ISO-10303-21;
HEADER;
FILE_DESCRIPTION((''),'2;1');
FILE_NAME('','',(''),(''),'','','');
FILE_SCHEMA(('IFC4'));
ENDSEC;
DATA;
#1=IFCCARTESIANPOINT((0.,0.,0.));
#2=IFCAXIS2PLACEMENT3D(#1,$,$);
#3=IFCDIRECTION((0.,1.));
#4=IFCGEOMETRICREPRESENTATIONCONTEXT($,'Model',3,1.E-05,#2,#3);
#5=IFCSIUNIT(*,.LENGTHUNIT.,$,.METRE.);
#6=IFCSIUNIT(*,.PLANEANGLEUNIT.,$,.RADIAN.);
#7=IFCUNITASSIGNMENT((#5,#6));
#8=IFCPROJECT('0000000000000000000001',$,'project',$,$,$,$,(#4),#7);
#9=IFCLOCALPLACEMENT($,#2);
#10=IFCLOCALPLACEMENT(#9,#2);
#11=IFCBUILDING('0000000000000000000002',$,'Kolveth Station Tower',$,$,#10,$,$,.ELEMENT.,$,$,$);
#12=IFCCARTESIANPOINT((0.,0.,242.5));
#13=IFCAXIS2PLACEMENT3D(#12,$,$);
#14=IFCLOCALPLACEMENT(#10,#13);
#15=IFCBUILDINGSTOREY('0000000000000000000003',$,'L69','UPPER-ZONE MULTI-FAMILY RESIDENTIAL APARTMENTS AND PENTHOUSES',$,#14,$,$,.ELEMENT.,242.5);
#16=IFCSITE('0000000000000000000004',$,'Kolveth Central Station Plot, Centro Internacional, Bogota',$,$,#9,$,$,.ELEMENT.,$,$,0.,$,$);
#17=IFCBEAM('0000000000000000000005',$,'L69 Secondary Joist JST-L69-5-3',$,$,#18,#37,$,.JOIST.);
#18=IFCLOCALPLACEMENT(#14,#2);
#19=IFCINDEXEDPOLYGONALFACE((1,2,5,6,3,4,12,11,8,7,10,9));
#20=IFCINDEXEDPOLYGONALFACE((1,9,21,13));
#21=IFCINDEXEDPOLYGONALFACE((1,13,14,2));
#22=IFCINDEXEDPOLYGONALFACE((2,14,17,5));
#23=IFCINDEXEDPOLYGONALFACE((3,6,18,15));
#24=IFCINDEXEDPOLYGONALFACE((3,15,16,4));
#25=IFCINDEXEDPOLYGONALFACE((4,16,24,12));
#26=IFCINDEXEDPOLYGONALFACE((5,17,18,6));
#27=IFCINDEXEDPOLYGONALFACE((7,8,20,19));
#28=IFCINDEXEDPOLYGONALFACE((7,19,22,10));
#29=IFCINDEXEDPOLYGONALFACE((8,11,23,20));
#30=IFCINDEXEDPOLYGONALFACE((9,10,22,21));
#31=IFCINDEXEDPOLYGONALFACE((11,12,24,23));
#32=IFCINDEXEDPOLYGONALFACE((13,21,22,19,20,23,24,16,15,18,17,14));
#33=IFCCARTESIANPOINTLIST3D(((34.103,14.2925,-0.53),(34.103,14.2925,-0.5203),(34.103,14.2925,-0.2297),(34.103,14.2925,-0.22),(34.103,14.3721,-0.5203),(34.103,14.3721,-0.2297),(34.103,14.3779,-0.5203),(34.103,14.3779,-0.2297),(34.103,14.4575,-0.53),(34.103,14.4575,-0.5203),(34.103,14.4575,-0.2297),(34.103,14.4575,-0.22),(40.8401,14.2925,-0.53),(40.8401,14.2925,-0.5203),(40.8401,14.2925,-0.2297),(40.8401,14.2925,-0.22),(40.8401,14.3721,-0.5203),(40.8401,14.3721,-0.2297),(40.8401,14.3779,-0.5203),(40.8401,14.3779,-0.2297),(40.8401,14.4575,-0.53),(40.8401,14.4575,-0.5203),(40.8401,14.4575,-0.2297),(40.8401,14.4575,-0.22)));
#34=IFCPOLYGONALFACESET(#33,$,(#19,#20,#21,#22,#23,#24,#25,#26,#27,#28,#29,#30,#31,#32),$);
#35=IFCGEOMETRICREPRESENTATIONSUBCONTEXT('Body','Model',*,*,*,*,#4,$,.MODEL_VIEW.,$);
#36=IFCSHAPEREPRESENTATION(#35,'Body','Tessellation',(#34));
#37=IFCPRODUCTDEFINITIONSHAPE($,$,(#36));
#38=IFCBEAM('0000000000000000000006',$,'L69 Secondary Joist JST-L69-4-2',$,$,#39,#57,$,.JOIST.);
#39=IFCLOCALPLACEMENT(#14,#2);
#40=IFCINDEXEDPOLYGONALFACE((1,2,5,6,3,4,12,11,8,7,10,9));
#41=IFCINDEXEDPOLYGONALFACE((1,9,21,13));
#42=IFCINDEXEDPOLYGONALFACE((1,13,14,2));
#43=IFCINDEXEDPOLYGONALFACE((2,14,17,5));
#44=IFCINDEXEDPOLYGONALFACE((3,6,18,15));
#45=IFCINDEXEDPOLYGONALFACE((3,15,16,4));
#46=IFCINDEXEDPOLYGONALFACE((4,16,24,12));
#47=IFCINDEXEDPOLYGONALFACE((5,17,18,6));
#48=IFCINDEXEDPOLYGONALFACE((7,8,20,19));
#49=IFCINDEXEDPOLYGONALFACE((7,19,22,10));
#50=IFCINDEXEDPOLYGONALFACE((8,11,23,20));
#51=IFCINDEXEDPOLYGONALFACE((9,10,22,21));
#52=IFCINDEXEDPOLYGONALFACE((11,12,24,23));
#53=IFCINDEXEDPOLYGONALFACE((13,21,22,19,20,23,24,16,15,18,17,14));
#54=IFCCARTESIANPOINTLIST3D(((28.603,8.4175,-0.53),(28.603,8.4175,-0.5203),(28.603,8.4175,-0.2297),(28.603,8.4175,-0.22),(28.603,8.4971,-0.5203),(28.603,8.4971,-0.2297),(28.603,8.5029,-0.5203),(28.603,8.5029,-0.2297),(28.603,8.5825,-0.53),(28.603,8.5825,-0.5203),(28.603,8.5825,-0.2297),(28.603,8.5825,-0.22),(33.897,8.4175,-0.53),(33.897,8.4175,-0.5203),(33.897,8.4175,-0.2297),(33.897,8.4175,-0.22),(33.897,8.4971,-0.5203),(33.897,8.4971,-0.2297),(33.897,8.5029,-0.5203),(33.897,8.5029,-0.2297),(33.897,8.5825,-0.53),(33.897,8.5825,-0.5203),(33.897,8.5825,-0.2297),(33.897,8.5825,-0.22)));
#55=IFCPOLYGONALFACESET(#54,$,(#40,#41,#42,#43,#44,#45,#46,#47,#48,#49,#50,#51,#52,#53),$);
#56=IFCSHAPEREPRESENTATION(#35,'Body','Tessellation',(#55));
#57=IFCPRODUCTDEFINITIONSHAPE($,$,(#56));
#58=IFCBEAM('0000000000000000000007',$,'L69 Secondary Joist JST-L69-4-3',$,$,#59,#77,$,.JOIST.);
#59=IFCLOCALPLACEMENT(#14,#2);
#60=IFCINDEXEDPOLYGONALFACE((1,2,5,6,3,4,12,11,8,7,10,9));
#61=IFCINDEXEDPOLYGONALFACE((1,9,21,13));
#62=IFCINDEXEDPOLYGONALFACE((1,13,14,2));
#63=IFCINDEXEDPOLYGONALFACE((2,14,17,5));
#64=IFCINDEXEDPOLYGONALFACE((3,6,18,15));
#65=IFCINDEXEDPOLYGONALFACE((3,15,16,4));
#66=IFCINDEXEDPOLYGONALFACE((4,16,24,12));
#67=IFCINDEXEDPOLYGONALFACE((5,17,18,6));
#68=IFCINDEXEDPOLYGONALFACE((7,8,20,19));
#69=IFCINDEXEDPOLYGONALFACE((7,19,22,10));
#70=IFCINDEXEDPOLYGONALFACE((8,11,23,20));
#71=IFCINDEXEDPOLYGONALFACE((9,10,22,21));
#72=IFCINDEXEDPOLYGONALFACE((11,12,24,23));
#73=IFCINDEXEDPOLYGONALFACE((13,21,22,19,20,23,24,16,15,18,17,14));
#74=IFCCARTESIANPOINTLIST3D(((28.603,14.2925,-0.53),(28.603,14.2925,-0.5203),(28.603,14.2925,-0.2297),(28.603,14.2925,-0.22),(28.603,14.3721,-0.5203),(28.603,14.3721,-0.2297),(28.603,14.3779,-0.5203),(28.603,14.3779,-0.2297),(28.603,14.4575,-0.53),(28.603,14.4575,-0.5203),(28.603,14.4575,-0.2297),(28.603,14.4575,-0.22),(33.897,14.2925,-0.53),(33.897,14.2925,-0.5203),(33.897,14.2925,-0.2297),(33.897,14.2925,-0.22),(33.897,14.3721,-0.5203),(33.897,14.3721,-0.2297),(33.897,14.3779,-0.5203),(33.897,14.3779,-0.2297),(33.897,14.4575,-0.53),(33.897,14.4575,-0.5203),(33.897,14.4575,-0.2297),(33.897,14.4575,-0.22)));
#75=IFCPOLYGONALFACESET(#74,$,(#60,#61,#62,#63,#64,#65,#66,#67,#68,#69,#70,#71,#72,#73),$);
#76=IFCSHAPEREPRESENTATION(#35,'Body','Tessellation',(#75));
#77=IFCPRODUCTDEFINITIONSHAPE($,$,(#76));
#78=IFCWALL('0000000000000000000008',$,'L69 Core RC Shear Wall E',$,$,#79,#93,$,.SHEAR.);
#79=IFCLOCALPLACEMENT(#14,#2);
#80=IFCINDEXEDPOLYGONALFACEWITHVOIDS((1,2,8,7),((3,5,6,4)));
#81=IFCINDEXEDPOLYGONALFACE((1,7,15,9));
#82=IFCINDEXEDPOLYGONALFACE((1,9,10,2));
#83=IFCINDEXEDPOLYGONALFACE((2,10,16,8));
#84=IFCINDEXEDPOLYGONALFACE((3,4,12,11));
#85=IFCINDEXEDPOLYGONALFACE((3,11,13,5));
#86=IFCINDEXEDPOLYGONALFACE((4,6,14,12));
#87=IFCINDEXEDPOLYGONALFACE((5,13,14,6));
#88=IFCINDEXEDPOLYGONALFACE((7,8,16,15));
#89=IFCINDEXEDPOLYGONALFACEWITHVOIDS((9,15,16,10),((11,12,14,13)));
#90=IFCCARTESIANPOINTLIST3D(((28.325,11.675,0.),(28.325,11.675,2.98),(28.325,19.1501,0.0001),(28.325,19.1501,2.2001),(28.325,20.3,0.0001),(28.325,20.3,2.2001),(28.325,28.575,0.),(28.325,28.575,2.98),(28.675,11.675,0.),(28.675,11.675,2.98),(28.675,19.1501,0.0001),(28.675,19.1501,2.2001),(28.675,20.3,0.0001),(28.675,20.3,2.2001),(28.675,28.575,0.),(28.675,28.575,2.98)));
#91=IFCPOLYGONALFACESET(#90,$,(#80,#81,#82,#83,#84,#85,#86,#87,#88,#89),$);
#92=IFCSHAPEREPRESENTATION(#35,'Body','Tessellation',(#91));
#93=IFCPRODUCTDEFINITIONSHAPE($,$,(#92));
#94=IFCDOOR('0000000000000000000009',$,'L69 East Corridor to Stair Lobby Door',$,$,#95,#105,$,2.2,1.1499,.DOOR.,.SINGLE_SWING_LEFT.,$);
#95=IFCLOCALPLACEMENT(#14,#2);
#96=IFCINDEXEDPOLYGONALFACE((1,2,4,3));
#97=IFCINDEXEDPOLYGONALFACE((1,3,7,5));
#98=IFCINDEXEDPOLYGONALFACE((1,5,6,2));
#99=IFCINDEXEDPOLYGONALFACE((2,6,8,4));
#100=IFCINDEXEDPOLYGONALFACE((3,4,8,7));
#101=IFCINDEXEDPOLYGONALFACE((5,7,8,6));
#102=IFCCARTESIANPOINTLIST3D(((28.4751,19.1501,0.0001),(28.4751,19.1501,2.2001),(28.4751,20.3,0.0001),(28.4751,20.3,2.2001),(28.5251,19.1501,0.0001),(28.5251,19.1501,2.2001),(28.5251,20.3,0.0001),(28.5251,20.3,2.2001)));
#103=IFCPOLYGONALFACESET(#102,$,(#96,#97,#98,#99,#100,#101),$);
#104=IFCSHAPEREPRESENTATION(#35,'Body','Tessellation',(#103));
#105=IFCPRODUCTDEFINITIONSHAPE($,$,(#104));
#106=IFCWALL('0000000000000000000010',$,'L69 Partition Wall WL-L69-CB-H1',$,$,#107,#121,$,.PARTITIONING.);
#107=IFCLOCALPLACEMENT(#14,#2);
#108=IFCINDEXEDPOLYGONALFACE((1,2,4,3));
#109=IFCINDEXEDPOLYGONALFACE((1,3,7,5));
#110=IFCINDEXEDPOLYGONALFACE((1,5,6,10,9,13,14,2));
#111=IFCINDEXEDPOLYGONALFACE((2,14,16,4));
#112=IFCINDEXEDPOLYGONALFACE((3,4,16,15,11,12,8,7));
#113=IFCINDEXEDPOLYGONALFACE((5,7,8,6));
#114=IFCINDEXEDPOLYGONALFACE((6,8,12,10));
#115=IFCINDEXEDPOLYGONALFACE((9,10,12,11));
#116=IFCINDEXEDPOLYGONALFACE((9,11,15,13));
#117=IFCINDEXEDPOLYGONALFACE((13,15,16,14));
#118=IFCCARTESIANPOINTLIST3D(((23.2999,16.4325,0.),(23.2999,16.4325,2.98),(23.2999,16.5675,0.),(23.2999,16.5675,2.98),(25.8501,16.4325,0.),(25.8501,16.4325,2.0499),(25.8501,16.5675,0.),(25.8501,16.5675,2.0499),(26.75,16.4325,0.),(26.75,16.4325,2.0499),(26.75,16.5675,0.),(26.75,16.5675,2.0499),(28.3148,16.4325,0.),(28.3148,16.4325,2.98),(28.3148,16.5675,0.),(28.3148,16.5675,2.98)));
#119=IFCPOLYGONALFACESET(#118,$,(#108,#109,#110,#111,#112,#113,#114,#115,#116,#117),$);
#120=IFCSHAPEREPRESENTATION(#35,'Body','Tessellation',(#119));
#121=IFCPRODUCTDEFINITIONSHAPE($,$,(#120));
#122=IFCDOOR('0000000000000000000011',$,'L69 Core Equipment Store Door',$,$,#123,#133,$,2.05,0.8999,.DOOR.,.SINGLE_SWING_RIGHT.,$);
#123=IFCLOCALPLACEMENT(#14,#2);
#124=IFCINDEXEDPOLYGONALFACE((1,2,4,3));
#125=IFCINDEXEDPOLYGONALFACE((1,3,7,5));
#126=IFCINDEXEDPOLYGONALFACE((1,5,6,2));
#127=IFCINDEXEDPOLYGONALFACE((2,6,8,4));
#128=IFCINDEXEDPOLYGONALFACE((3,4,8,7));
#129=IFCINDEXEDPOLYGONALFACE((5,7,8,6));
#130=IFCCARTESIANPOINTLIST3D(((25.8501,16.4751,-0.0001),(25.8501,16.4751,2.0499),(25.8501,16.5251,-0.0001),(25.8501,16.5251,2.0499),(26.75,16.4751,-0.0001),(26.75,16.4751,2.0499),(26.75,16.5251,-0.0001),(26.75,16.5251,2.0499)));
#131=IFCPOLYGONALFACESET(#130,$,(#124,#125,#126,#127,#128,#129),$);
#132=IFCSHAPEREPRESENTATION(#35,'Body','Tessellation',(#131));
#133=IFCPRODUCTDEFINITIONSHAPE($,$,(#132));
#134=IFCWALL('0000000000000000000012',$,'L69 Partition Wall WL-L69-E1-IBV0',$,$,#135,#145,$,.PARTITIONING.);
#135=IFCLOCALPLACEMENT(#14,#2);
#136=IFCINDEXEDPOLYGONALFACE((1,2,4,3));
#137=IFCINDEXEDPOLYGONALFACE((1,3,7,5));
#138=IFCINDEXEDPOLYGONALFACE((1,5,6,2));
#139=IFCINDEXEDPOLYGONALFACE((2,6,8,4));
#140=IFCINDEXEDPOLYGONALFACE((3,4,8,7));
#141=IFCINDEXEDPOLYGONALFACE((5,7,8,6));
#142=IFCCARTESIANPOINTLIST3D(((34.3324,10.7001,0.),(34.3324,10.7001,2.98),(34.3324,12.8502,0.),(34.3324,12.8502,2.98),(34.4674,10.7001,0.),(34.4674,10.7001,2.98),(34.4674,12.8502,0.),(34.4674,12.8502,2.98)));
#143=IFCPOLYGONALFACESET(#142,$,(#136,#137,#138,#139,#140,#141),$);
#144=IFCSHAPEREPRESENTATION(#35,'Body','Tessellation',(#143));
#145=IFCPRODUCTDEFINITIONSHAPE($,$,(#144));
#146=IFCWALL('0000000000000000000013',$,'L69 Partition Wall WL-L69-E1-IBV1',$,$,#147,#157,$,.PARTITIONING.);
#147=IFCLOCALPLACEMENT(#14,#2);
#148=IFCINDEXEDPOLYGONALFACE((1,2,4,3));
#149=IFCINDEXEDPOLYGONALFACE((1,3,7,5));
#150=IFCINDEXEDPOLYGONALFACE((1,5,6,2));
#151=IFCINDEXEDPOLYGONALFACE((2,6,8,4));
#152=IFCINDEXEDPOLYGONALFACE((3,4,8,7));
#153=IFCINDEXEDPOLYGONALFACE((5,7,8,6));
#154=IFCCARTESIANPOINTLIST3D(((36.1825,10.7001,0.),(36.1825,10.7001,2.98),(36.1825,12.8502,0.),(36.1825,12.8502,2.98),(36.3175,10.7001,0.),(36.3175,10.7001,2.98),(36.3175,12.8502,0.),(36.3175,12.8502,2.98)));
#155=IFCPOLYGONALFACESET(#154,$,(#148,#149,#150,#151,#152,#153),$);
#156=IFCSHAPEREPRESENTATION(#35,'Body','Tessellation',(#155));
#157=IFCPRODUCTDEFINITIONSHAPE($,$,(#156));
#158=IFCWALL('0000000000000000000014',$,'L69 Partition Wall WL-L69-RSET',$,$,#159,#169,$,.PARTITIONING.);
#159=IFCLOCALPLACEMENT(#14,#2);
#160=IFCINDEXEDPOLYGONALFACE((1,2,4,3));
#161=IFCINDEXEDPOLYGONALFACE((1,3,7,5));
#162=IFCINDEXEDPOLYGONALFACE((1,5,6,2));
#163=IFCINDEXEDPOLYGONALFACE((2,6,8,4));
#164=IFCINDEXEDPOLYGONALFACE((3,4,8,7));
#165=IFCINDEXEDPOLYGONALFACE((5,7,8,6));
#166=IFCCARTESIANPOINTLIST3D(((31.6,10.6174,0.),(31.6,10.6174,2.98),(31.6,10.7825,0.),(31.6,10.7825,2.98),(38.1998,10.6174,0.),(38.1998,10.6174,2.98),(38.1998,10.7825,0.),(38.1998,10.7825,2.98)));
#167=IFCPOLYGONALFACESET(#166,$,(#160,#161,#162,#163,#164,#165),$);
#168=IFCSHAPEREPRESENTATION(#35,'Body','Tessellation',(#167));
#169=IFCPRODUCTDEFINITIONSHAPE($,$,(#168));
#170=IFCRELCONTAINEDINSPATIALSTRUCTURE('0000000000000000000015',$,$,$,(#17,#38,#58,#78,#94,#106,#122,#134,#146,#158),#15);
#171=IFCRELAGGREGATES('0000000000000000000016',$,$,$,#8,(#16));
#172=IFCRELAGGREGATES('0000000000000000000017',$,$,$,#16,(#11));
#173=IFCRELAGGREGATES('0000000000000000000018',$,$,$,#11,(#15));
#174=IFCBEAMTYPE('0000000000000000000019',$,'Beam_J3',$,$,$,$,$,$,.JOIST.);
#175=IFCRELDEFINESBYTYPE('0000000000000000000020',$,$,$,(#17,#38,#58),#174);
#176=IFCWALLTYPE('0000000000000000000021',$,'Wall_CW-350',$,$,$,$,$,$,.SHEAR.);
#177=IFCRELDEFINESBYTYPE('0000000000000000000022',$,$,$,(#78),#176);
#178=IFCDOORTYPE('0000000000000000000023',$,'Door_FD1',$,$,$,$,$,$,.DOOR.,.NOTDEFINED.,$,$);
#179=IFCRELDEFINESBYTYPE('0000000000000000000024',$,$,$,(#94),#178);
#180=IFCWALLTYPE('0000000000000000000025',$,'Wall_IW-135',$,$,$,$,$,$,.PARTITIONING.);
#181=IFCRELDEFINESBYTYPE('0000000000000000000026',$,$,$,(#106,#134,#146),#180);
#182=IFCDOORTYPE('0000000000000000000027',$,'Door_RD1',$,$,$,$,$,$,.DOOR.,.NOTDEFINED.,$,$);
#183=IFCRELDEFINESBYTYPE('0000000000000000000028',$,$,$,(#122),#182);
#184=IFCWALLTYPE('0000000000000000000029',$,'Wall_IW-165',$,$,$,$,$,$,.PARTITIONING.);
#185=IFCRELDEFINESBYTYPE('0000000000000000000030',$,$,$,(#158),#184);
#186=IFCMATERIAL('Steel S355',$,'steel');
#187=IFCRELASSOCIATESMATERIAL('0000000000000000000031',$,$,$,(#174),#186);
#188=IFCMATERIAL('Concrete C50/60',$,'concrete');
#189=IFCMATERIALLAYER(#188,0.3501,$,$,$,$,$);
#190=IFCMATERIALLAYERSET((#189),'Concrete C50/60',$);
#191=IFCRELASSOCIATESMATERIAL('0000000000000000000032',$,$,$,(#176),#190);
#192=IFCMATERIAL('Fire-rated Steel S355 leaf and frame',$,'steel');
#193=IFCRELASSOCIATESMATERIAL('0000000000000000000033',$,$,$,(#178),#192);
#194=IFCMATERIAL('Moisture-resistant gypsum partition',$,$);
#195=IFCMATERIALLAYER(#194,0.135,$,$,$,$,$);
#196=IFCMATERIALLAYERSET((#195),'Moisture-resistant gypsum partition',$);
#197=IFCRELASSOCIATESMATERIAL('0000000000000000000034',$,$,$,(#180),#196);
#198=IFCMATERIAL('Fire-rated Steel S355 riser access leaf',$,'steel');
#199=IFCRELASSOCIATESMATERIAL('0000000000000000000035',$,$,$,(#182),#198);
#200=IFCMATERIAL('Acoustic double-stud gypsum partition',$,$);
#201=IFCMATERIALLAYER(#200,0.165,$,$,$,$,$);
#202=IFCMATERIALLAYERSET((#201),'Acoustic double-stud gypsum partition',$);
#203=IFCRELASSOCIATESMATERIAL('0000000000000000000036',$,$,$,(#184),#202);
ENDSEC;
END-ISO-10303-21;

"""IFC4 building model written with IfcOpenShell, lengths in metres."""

from ifc_helpers import new_model, si_unit, direction, frame, frame_2d, origin, origin_2d, place, context, subcontext, project, spatial, rectangle, i_section, extrude, source, transform, mapped, material, layer, layer_set, material_profile, profile_set, type_object, element, fill, save


model = new_model("IFC4")

# Units and contexts
model_context = context("Model", 3, precision=1e-05, world=origin(), true_north=direction((0.0, 1.0)))
body_context = subcontext(model_context, "Body", "Model", "MODEL_VIEW")
ifc_project = project(units=[si_unit("LENGTHUNIT", "METRE"), si_unit("PLANEANGLEUNIT", "RADIAN")], contexts=[model_context])

# Site, building, storey
site_placement = place(None, origin())
site = spatial("IfcSite", under=ifc_project, at=site_placement, Name="Kolveth Central Station Plot, Centro Internacional, Bogota", CompositionType="ELEMENT", RefElevation=0.0)
building_placement = place(site_placement, origin())
building = spatial("IfcBuilding", under=site, at=building_placement, Name="Kolveth Station Tower", CompositionType="ELEMENT")
storey_placement = place(building_placement, frame((0.0, 0.0, 242.5)))
storey = spatial("IfcBuildingStorey", under=building, at=storey_placement, Name="L69", Description="UPPER-ZONE MULTI-FAMILY RESIDENTIAL APARTMENTS AND PENTHOUSES", CompositionType="ELEMENT", Elevation=242.5)

# Shared definitions
ifc_material_1 = material(Name="Steel S355", Category="steel")

# Beams
ifc_material_profile_1 = material_profile(ifc_material_1, i_section(OverallWidth=0.165, OverallDepth=0.3101, WebThickness=0.0059, FlangeThickness=0.0098, at=origin_2d()), Name="W310x39")
ifc_profile_set_1 = profile_set([ifc_material_profile_1], Name="Steel S355")
beam_type_1 = type_object("IfcBeamType", Name="Beam_J3", PredefinedType="JOIST", material=ifc_profile_set_1)
shared_shape_1 = source(origin(), body_context, "Body", "SweptSolid", [
    extrude(i_section(OverallWidth=0.165, OverallDepth=0.3101, WebThickness=0.0059, FlangeThickness=0.0098, at=origin_2d()), origin(), (0.0, 0.0, 1.0), 6.7371),
])
for number, where, z_axis, x_axis, name in (
    (1, (34.103, 14.375, -0.375), (1.0, 0.0, 0.0), (0.0, 1.0, 0.0), "L69 Secondary Joist JST-L69-5-3"),
):
    element("IfcBeam", number, at=place(storey_placement, frame(where, z_axis=z_axis, x_axis=x_axis)), inside=storey, type_object=beam_type_1, Name=name, PredefinedType="JOIST", context=body_context, shape_type="MappedRepresentation", body=[
        mapped(shared_shape_1, transform((0.0, 0.0, 0.0), x_axis=(1.0, 0.0, 0.0), y_axis=(0.0, 1.0, 0.0), z_axis=(0.0, 0.0, 1.0), scale=1.0)),
    ])
shared_shape_2 = source(origin(), body_context, "Body", "SweptSolid", [
    extrude(i_section(OverallWidth=0.165, OverallDepth=0.3101, WebThickness=0.0059, FlangeThickness=0.0098, at=origin_2d()), origin(), (0.0, 0.0, 1.0), 5.2939),
])
for number, where, z_axis, x_axis, name in (
    (2, (28.603, 8.5, -0.375), (1.0, 0.0, 0.0), (0.0, 1.0, 0.0), "L69 Secondary Joist JST-L69-4-2"),
    (3, (28.603, 14.375, -0.375), (1.0, 0.0, 0.0), (0.0, 1.0, 0.0), "L69 Secondary Joist JST-L69-4-3"),
):
    element("IfcBeam", number, at=place(storey_placement, frame(where, z_axis=z_axis, x_axis=x_axis)), inside=storey, type_object=beam_type_1, Name=name, PredefinedType="JOIST", context=body_context, shape_type="MappedRepresentation", body=[
        mapped(shared_shape_2, transform((0.0, 0.0, 0.0), x_axis=(1.0, 0.0, 0.0), y_axis=(0.0, 1.0, 0.0), z_axis=(0.0, 0.0, 1.0), scale=1.0)),
    ])

# Walls, openings, doors
ifc_material_2 = material(Name="Concrete C50/60", Category="concrete")
ifc_layer_1 = layer(ifc_material_2, 0.3501)
ifc_layer_set_1 = layer_set([ifc_layer_1], Name="Concrete C50/60")
wall_type_1 = type_object("IfcWallType", Name="Wall_CW-350", PredefinedType="SHEAR", material=ifc_layer_set_1)
wall_1_placement = place(storey_placement, frame((28.5, 11.675, 0.0), z_axis=(0.0, 0.0, 1.0), x_axis=(0.0, 1.0, 0.0)))
wall_1 = element("IfcWall", 4, at=wall_1_placement, inside=storey, type_object=wall_type_1, Name="L69 Core RC Shear Wall E", PredefinedType="SHEAR", context=body_context, shape_type="SweptSolid", body=[
    extrude(rectangle(XDim=16.8999, YDim=0.3501, at=frame_2d((8.45, 0.0))), origin(), (0.0, 0.0, 1.0), 2.98),
])
opening_1_placement = place(wall_1_placement, frame((7.4751, 0.0, 0.0)))
opening_1 = element("IfcOpeningElement", 5, at=opening_1_placement, cuts=wall_1, PredefinedType="OPENING", context=body_context, shape_type="SweptSolid", body=[
    extrude(rectangle(XDim=1.1499, YDim=2.2, at=frame_2d((0.575, 1.1001))), frame((0.0, 0.1851, 0.0), z_axis=(0.0, -1.0, 0.0), x_axis=(1.0, 0.0, 0.0)), (0.0, 0.0, 1.0), 0.3701),
])
ifc_material_3 = material(Name="Fire-rated Steel S355 leaf and frame", Category="steel")
door_type_1 = type_object("IfcDoorType", Name="Door_FD1", OperationType="NOTDEFINED", PredefinedType="DOOR", material=ifc_material_3)
door_1_placement = place(opening_1_placement, origin())
door_1 = element("IfcDoor", 6, at=door_1_placement, inside=storey, type_object=door_type_1, Name="L69 East Corridor to Stair Lobby Door", OperationType="SINGLE_SWING_LEFT", OverallHeight=2.2, OverallWidth=1.1499, PredefinedType="DOOR", context=body_context, shape_type="SweptSolid", body=[
    extrude(rectangle(XDim=1.1499, YDim=2.2, at=frame_2d((0.575, 1.1001))), frame((0.0, 0.0249, 0.0), z_axis=(0.0, -1.0, 0.0), x_axis=(1.0, 0.0, 0.0)), (0.0, 0.0, 1.0), 0.05),
])
fill(opening_1, door_1)
ifc_material_4 = material(Name="Moisture-resistant gypsum partition")
ifc_layer_2 = layer(ifc_material_4, 0.135)
ifc_layer_set_2 = layer_set([ifc_layer_2], Name="Moisture-resistant gypsum partition")
wall_type_2 = type_object("IfcWallType", Name="Wall_IW-135", PredefinedType="PARTITIONING", material=ifc_layer_set_2)
wall_2_placement = place(storey_placement, frame((23.3, 16.5, 0.0), z_axis=(0.0, 0.0, 1.0), x_axis=(1.0, 0.0, 0.0)))
wall_2 = element("IfcWall", 7, at=wall_2_placement, inside=storey, type_object=wall_type_2, Name="L69 Partition Wall WL-L69-CB-H1", PredefinedType="PARTITIONING", context=body_context, shape_type="SweptSolid", body=[
    extrude(rectangle(XDim=5.0149, YDim=0.135, at=frame_2d((2.5073, 0.0))), origin(), (0.0, 0.0, 1.0), 2.98),
])
opening_2_placement = place(wall_2_placement, frame((2.55, 0.0, 0.0)))
opening_2 = element("IfcOpeningElement", 8, at=opening_2_placement, cuts=wall_2, PredefinedType="OPENING", context=body_context, shape_type="SweptSolid", body=[
    extrude(rectangle(XDim=0.8999, YDim=2.05, at=frame_2d((0.45, 1.0249))), frame((0.0, 0.0774, 0.0), z_axis=(0.0, -1.0, 0.0), x_axis=(1.0, 0.0, 0.0)), (0.0, 0.0, 1.0), 0.155),
])
ifc_material_5 = material(Name="Fire-rated Steel S355 riser access leaf", Category="steel")
door_type_2 = type_object("IfcDoorType", Name="Door_RD1", OperationType="NOTDEFINED", PredefinedType="DOOR", material=ifc_material_5)
door_2_placement = place(opening_2_placement, frame((0.8999, 0.0, 0.0), z_axis=(0.0, 0.0, 1.0), x_axis=(-1.0, 0.0, 0.0)))
door_2 = element("IfcDoor", 9, at=door_2_placement, inside=storey, type_object=door_type_2, Name="L69 Core Equipment Store Door", OperationType="SINGLE_SWING_RIGHT", OverallHeight=2.05, OverallWidth=0.8999, PredefinedType="DOOR", context=body_context, shape_type="SweptSolid", body=[
    extrude(rectangle(XDim=0.8999, YDim=2.05, at=frame_2d((0.45, 1.0249))), frame((0.0, 0.0249, 0.0), z_axis=(0.0, -1.0, 0.0), x_axis=(1.0, 0.0, 0.0)), (0.0, 0.0, 1.0), 0.05),
])
fill(opening_2, door_2)

# Walls
for number, where, z_axis, x_axis, name in (
    (10, (34.3999, 10.7, 0.0), (0.0, 0.0, 1.0), (0.0, 1.0, 0.0), "L69 Partition Wall WL-L69-E1-IBV0"),
    (11, (36.25, 10.7, 0.0), (0.0, 0.0, 1.0), (0.0, 1.0, 0.0), "L69 Partition Wall WL-L69-E1-IBV1"),
):
    element("IfcWall", number, at=place(storey_placement, frame(where, z_axis=z_axis, x_axis=x_axis)), inside=storey, type_object=wall_type_2, Name=name, PredefinedType="PARTITIONING", context=body_context, shape_type="SweptSolid", body=[
        extrude(rectangle(XDim=2.1501, YDim=0.135, at=frame_2d((1.0752, 0.0))), origin(), (0.0, 0.0, 1.0), 2.98),
    ])
ifc_material_6 = material(Name="Acoustic double-stud gypsum partition")
ifc_layer_3 = layer(ifc_material_6, 0.165)
ifc_layer_set_3 = layer_set([ifc_layer_3], Name="Acoustic double-stud gypsum partition")
wall_type_3 = type_object("IfcWallType", Name="Wall_IW-165", PredefinedType="PARTITIONING", material=ifc_layer_set_3)
wall_3_placement = place(storey_placement, frame((31.6001, 10.7, 0.0), z_axis=(0.0, 0.0, 1.0), x_axis=(1.0, 0.0, 0.0)))
element("IfcWall", 12, at=wall_3_placement, inside=storey, type_object=wall_type_3, Name="L69 Partition Wall WL-L69-RSET", PredefinedType="PARTITIONING", context=body_context, shape_type="SweptSolid", body=[
    extrude(rectangle(XDim=6.5999, YDim=0.165, at=frame_2d((3.2998, 0.0))), origin(), (0.0, 0.0, 1.0), 2.98),
])

save(model, "model.ifc")
